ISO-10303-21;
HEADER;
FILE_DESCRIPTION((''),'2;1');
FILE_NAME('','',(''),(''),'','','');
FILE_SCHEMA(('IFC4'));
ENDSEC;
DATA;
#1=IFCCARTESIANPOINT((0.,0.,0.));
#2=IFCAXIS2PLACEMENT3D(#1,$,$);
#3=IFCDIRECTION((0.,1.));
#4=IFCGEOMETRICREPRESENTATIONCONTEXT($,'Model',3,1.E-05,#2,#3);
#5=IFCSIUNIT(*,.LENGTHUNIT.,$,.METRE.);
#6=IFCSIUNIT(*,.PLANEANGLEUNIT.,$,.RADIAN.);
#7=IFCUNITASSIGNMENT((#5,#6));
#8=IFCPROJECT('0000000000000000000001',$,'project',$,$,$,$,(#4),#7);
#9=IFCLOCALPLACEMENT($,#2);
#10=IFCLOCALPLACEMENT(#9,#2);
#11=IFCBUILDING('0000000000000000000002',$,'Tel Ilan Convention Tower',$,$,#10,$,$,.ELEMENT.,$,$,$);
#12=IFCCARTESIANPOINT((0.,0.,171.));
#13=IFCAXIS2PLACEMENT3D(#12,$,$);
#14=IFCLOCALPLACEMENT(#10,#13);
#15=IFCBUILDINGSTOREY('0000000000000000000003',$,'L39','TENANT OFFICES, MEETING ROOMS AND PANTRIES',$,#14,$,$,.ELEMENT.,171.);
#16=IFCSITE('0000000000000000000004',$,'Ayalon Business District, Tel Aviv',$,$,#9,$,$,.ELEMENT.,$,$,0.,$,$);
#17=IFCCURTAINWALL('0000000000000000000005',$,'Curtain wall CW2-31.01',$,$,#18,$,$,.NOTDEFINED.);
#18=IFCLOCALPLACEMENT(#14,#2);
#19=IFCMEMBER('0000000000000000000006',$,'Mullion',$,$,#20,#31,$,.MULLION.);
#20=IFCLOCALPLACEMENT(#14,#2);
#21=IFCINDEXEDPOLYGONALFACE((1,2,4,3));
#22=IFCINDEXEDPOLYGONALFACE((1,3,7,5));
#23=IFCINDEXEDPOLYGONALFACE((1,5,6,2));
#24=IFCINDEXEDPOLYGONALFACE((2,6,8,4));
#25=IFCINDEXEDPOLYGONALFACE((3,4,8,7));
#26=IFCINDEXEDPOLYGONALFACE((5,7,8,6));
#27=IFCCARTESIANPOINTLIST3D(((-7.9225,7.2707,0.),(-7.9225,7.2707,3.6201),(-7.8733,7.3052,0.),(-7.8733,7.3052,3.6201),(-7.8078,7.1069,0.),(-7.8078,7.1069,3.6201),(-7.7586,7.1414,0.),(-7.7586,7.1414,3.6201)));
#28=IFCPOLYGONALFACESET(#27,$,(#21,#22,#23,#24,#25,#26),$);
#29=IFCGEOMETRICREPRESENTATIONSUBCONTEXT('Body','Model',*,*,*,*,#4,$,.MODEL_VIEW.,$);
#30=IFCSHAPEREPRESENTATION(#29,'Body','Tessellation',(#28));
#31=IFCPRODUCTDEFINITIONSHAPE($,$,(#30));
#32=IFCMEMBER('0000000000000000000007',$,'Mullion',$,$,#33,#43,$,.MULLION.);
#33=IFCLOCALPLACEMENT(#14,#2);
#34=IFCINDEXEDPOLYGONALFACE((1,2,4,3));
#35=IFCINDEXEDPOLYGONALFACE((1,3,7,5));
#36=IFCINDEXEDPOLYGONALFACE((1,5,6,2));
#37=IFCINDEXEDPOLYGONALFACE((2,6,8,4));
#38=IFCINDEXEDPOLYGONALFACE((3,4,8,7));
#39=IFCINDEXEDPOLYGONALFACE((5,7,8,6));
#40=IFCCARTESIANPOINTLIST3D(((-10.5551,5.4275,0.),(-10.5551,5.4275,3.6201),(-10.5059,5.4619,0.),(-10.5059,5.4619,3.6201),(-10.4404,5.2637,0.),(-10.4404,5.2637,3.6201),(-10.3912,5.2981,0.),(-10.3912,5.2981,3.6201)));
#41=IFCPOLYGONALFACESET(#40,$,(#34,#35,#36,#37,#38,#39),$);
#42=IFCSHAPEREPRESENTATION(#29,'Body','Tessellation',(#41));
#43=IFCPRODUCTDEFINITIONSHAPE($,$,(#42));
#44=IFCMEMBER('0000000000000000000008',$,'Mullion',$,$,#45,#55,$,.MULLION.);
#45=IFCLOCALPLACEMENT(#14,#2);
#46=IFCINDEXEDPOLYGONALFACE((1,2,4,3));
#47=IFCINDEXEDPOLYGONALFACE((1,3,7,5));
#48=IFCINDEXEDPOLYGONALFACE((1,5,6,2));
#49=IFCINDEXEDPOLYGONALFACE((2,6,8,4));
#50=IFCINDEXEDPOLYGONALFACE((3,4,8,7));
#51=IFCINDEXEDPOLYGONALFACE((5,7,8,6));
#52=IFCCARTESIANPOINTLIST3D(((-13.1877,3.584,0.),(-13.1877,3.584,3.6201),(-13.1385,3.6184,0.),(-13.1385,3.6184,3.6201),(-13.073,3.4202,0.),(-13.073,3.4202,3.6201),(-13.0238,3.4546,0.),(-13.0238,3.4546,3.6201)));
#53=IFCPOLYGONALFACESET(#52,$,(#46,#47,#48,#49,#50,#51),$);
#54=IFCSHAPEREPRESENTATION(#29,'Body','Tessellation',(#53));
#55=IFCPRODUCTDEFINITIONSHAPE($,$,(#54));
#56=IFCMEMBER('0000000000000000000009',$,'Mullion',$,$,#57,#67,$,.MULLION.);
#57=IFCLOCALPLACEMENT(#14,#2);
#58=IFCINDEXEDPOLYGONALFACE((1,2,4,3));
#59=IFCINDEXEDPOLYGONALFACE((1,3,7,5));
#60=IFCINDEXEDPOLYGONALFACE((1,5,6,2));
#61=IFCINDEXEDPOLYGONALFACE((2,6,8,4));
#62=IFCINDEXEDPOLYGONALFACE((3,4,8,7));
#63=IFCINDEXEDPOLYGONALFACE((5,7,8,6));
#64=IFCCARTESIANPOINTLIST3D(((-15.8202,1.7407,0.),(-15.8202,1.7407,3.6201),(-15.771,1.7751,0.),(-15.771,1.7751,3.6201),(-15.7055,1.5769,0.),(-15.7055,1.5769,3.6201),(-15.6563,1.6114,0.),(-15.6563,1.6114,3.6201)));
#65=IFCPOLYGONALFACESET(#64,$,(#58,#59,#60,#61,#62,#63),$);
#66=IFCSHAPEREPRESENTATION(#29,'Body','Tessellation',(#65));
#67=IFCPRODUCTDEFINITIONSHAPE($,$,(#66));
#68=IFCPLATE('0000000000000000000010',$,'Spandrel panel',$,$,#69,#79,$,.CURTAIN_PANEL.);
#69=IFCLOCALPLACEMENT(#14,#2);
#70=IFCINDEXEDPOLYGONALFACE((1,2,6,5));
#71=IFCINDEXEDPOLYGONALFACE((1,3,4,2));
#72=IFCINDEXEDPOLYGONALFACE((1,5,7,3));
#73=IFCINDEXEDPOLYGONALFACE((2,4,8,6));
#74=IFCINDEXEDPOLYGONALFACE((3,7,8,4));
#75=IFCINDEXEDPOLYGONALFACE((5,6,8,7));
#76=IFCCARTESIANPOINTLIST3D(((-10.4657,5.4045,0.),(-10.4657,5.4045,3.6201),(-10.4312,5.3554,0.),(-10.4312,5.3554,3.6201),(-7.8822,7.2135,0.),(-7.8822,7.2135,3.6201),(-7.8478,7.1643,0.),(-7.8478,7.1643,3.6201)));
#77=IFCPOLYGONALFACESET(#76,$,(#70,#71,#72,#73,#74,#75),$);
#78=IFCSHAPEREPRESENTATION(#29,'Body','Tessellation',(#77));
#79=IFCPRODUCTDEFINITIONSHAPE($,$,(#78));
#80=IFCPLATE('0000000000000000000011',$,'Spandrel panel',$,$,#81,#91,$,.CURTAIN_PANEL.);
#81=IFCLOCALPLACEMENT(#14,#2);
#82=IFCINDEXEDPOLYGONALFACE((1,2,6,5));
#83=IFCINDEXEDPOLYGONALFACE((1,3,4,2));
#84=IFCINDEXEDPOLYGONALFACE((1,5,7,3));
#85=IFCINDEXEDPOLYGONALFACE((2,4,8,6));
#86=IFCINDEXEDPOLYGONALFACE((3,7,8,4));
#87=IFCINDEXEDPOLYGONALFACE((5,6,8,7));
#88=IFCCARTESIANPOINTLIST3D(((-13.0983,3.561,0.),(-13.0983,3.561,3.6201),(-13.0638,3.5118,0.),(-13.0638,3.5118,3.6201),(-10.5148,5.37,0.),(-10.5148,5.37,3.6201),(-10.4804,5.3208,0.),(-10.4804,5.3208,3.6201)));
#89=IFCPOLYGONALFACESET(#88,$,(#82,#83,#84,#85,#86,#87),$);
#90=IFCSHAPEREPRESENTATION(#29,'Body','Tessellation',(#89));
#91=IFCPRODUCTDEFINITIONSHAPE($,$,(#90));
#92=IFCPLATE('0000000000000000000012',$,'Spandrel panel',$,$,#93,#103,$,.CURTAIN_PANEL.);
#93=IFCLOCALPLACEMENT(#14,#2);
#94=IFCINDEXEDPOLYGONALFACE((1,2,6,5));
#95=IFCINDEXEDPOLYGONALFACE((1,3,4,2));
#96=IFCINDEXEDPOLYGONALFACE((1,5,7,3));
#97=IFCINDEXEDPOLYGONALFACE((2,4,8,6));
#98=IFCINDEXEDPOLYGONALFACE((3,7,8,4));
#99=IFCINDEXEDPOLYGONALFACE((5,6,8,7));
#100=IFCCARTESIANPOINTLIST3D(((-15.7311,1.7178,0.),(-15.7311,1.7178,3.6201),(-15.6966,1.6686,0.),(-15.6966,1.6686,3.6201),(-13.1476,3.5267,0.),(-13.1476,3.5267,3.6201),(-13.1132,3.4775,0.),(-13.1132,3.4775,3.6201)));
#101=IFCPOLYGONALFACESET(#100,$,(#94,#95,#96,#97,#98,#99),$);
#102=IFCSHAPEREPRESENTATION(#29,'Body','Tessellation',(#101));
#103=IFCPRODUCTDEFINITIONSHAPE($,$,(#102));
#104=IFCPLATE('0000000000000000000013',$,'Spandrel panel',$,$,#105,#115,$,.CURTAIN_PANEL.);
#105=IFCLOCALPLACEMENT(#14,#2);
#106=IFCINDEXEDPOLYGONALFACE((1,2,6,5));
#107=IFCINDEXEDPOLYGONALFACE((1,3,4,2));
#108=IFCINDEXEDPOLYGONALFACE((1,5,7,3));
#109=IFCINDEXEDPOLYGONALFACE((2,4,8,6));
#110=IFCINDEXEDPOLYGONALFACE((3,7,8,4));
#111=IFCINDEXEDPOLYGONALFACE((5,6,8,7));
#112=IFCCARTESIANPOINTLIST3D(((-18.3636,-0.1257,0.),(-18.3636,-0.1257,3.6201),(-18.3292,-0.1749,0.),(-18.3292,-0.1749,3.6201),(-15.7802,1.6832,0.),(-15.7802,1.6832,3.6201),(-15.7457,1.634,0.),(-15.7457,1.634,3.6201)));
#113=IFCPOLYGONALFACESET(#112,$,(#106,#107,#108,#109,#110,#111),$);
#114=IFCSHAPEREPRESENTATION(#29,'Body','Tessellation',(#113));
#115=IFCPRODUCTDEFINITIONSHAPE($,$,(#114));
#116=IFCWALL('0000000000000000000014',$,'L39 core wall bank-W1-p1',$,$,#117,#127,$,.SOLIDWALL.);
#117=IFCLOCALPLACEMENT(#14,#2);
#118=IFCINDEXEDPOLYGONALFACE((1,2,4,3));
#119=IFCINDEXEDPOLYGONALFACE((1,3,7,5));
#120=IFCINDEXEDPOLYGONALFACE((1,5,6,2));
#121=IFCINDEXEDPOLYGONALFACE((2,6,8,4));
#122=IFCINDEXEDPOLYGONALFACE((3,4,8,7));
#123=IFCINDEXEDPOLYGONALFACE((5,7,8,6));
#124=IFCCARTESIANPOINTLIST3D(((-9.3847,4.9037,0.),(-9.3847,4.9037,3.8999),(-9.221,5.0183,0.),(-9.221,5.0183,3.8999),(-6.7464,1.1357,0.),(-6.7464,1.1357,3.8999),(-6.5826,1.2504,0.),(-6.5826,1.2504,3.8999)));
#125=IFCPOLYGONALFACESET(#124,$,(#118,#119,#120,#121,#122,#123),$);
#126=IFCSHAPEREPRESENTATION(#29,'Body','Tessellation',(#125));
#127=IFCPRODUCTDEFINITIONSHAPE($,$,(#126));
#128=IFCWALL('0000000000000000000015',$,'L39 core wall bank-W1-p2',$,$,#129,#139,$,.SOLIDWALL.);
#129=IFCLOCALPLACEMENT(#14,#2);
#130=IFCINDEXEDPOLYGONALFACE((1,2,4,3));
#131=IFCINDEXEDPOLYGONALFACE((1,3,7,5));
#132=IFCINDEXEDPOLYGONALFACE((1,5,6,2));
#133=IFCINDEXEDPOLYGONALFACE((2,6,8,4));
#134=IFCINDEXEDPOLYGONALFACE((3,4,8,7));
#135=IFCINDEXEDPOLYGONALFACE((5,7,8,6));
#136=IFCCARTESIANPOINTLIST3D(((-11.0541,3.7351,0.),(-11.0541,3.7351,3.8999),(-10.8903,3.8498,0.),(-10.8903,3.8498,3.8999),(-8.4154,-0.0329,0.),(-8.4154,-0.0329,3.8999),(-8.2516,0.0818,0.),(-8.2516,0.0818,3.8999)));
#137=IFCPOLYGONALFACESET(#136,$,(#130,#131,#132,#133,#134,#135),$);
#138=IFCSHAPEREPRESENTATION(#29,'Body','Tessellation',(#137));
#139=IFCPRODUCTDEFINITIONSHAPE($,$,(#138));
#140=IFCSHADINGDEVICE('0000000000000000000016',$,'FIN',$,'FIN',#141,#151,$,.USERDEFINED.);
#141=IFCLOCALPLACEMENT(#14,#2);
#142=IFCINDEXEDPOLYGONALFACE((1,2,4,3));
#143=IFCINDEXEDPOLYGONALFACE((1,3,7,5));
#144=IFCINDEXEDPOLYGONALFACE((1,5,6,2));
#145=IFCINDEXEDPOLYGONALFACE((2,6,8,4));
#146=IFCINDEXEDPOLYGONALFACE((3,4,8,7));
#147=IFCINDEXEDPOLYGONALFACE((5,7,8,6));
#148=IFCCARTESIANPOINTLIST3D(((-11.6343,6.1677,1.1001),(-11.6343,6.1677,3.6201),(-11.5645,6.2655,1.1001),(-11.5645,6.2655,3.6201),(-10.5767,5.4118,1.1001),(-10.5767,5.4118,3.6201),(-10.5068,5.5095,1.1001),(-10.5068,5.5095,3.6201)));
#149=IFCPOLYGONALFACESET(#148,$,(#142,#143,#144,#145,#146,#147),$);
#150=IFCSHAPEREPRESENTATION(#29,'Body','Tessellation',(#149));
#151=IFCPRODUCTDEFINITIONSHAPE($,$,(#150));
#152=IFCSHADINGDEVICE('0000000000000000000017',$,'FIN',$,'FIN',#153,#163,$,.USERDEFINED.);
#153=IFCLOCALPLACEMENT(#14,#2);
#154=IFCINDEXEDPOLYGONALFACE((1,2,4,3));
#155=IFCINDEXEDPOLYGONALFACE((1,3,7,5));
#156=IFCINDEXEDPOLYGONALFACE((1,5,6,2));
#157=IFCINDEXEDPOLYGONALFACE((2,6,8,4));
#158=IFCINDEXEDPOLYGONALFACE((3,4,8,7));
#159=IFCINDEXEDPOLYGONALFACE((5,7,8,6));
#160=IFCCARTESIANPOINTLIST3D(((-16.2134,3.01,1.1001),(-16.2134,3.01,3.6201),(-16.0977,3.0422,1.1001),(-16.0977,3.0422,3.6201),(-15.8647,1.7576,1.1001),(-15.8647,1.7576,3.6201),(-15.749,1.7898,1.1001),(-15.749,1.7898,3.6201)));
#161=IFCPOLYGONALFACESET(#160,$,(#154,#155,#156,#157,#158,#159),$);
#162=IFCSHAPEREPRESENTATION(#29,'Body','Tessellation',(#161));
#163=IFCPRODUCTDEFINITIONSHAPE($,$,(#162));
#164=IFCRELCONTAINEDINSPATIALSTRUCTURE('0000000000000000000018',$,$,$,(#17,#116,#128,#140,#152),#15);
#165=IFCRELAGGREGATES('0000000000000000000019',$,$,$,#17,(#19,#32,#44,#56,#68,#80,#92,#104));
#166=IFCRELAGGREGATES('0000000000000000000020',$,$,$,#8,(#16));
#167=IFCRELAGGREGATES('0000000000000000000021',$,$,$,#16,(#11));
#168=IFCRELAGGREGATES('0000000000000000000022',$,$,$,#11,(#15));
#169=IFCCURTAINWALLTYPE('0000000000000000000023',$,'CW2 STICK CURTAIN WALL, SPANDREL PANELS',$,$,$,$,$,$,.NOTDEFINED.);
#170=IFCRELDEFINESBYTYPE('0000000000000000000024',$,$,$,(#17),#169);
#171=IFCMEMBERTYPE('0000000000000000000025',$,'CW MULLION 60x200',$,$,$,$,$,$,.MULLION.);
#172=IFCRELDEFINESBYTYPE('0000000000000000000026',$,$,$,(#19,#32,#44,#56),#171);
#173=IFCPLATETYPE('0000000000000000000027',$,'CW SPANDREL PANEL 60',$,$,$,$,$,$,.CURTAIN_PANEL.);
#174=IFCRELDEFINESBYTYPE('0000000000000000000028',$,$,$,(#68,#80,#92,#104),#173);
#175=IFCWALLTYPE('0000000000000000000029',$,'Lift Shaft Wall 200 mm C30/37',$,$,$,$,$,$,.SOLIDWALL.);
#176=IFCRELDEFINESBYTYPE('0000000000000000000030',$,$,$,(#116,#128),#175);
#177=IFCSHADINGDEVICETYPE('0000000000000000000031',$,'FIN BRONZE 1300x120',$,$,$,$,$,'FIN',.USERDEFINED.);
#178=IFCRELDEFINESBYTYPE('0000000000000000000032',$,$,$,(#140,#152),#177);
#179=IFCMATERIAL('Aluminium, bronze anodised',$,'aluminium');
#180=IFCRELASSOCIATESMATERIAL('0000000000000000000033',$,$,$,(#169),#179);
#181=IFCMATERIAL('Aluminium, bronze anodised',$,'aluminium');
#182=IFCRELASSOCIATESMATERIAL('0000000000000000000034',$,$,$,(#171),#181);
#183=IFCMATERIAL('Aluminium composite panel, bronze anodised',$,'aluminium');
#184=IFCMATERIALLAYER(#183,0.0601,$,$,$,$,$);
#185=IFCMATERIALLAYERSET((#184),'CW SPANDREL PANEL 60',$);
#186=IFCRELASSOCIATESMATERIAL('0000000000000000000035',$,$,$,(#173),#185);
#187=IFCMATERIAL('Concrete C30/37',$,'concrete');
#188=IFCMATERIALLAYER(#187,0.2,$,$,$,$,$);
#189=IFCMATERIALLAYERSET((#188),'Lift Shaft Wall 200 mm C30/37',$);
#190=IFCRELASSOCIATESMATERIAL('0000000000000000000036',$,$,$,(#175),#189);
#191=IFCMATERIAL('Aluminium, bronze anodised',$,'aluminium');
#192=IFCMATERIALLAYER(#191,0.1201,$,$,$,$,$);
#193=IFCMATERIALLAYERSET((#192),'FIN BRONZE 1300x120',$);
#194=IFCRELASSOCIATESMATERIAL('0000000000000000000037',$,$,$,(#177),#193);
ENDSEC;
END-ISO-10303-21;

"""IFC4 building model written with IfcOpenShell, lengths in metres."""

from ifc_helpers import new_model, si_unit, direction, frame, frame_2d, origin, origin_2d, place, context, subcontext, project, spatial, rectangle, extrude, material, layer, layer_set, material_profile, profile_set, type_object, element, aggregate, save


model = new_model("IFC4")

# Units and contexts
model_context = context("Model", 3, precision=1e-05, world=origin(), true_north=direction((0.0, 1.0)))
body_context = subcontext(model_context, "Body", "Model", "MODEL_VIEW")
ifc_project = project(units=[si_unit("LENGTHUNIT", "METRE"), si_unit("PLANEANGLEUNIT", "RADIAN")], contexts=[model_context])

# Site, building, storey
site_placement = place(None, origin())
site = spatial("IfcSite", under=ifc_project, at=site_placement, Name="Ayalon Business District, Tel Aviv", CompositionType="ELEMENT", RefElevation=0.0)
building_placement = place(site_placement, origin())
building = spatial("IfcBuilding", under=site, at=building_placement, Name="Tel Ilan Convention Tower", CompositionType="ELEMENT")
storey_placement = place(building_placement, frame((0.0, 0.0, 171.0)))
storey = spatial("IfcBuildingStorey", under=building, at=storey_placement, Name="L39", Description="TENANT OFFICES, MEETING ROOMS AND PANTRIES", CompositionType="ELEMENT", Elevation=171.0)

# Curtain wall, members, plates
ifc_material_1 = material(Name="Aluminium, bronze anodised", Category="aluminium")
curtain_wall_type = type_object("IfcCurtainWallType", Name="CW2 STICK CURTAIN WALL, SPANDREL PANELS", PredefinedType="NOTDEFINED", material=ifc_material_1)
curtain_wall_placement = place(storey_placement, origin())
curtain_wall = element("IfcCurtainWall", 1, at=curtain_wall_placement, inside=storey, type_object=curtain_wall_type, Name="Curtain wall CW2-31.01", PredefinedType="NOTDEFINED")
ifc_material_2 = material(Name="Aluminium, bronze anodised", Category="aluminium")
ifc_material_profile = material_profile(ifc_material_2, rectangle(XDim=0.0601, YDim=0.2, at=origin_2d()), Name="CW MULLION 60x200")
ifc_profile_set = profile_set([ifc_material_profile], Name="Aluminium, bronze anodised")
member_type = type_object("IfcMemberType", Name="CW MULLION 60x200", PredefinedType="MULLION", material=ifc_profile_set)
member_1_placement = place(storey_placement, frame((-7.8406, 7.2061, 0.0), z_axis=(0.0, 0.0, 1.0), x_axis=(-0.819152, -0.573576, 0.0)))
member_1 = element("IfcMember", 2, at=member_1_placement, type_object=member_type, Name="Mullion", PredefinedType="MULLION", context=body_context, shape_type="SweptSolid", body=[
    extrude(rectangle(XDim=0.0601, YDim=0.2, at=origin_2d()), origin(), (0.0, 0.0, 1.0), 3.6201),
])
member_2_placement = place(storey_placement, frame((-10.4731, 5.3628, 0.0), z_axis=(0.0, 0.0, 1.0), x_axis=(-0.819152, -0.573576, 0.0)))
member_2 = element("IfcMember", 3, at=member_2_placement, type_object=member_type, Name="Mullion", PredefinedType="MULLION", context=body_context, shape_type="SweptSolid", body=[
    extrude(rectangle(XDim=0.0601, YDim=0.2, at=origin_2d()), origin(), (0.0, 0.0, 1.0), 3.6201),
])
member_3_placement = place(storey_placement, frame((-13.1057, 3.5193, 0.0), z_axis=(0.0, 0.0, 1.0), x_axis=(-0.819152, -0.573576, 0.0)))
member_3 = element("IfcMember", 4, at=member_3_placement, type_object=member_type, Name="Mullion", PredefinedType="MULLION", context=body_context, shape_type="SweptSolid", body=[
    extrude(rectangle(XDim=0.0601, YDim=0.2, at=origin_2d()), origin(), (0.0, 0.0, 1.0), 3.6201),
])
member_4_placement = place(storey_placement, frame((-15.7383, 1.676, 0.0), z_axis=(0.0, 0.0, 1.0), x_axis=(-0.819152, -0.573576, 0.0)))
member_4 = element("IfcMember", 5, at=member_4_placement, type_object=member_type, Name="Mullion", PredefinedType="MULLION", context=body_context, shape_type="SweptSolid", body=[
    extrude(rectangle(XDim=0.0601, YDim=0.2, at=origin_2d()), origin(), (0.0, 0.0, 1.0), 3.6201),
])
ifc_material_3 = material(Name="Aluminium composite panel, bronze anodised", Category="aluminium")
ifc_layer_1 = layer(ifc_material_3, 0.0601)
ifc_layer_set_1 = layer_set([ifc_layer_1], Name="CW SPANDREL PANEL 60")
plate_type = type_object("IfcPlateType", Name="CW SPANDREL PANEL 60", PredefinedType="CURTAIN_PANEL", material=ifc_layer_set_1)
plate_1_placement = place(storey_placement, frame((-9.1567, 6.2844, 0.0), z_axis=(0.0, 0.0, 1.0), x_axis=(-0.819152, -0.573576, 0.0)))
plate_1 = element("IfcPlate", 6, at=plate_1_placement, type_object=plate_type, Name="Spandrel panel", PredefinedType="CURTAIN_PANEL", context=body_context, shape_type="SweptSolid", body=[
    extrude(rectangle(XDim=3.1538, YDim=0.0601, at=origin_2d()), origin(), (0.0, 0.0, 1.0), 3.6201),
])
plate_2_placement = place(storey_placement, frame((-11.7893, 4.4409, 0.0), z_axis=(0.0, 0.0, 1.0), x_axis=(-0.819152, -0.573576, 0.0)))
plate_2 = element("IfcPlate", 7, at=plate_2_placement, type_object=plate_type, Name="Spandrel panel", PredefinedType="CURTAIN_PANEL", context=body_context, shape_type="SweptSolid", body=[
    extrude(rectangle(XDim=3.1538, YDim=0.0601, at=origin_2d()), origin(), (0.0, 0.0, 1.0), 3.6201),
])
plate_3_placement = place(storey_placement, frame((-14.4221, 2.5977, 0.0), z_axis=(0.0, 0.0, 1.0), x_axis=(-0.819152, -0.573576, 0.0)))
plate_3 = element("IfcPlate", 8, at=plate_3_placement, type_object=plate_type, Name="Spandrel panel", PredefinedType="CURTAIN_PANEL", context=body_context, shape_type="SweptSolid", body=[
    extrude(rectangle(XDim=3.1538, YDim=0.0601, at=origin_2d()), origin(), (0.0, 0.0, 1.0), 3.6201),
])
plate_4_placement = place(storey_placement, frame((-17.0547, 0.7542, 0.0), z_axis=(0.0, 0.0, 1.0), x_axis=(-0.819152, -0.573576, 0.0)))
plate_4 = element("IfcPlate", 9, at=plate_4_placement, type_object=plate_type, Name="Spandrel panel", PredefinedType="CURTAIN_PANEL", context=body_context, shape_type="SweptSolid", body=[
    extrude(rectangle(XDim=3.1538, YDim=0.0601, at=origin_2d()), origin(), (0.0, 0.0, 1.0), 3.6201),
])
aggregate(curtain_wall, [member_1, member_2, member_3, member_4, plate_1, plate_2, plate_3, plate_4])

# Walls
ifc_material_4 = material(Name="Concrete C30/37", Category="concrete")
ifc_layer_2 = layer(ifc_material_4, 0.2)
ifc_layer_set_2 = layer_set([ifc_layer_2], Name="Lift Shaft Wall 200 mm C30/37")
wall_type = type_object("IfcWallType", Name="Lift Shaft Wall 200 mm C30/37", PredefinedType="SOLIDWALL", material=ifc_layer_set_2)
wall_1_placement = place(storey_placement, frame((-6.6646, 1.1931, 0.0), z_axis=(0.0, 0.0, 1.0), x_axis=(-0.573576, 0.819152, 0.0)))
element("IfcWall", 10, at=wall_1_placement, inside=storey, type_object=wall_type, Name="L39 core wall bank-W1-p1", PredefinedType="SOLIDWALL", context=body_context, shape_type="SweptSolid", body=[
    extrude(rectangle(XDim=4.5999, YDim=0.2, at=frame_2d((2.2998, 0.0))), origin(), (0.0, 0.0, 1.0), 3.8999),
])
wall_2_placement = place(storey_placement, frame((-8.3335, 0.0244, 0.0), z_axis=(0.0, 0.0, 1.0), x_axis=(-0.573612, 0.819127, 0.0)))
element("IfcWall", 11, at=wall_2_placement, inside=storey, type_object=wall_type, Name="L39 core wall bank-W1-p2", PredefinedType="SOLIDWALL", context=body_context, shape_type="SweptSolid", body=[
    extrude(rectangle(XDim=4.6001, YDim=0.2, at=frame_2d((2.3, 0.0))), origin(), (0.0, 0.0, 1.0), 3.8999),
])

# Shading devices
ifc_material_5 = material(Name="Aluminium, bronze anodised", Category="aluminium")
ifc_layer_3 = layer(ifc_material_5, 0.1201)
ifc_layer_set_3 = layer_set([ifc_layer_3], Name="FIN BRONZE 1300x120")
shading_device_type = type_object("IfcShadingDeviceType", Name="FIN BRONZE 1300x120", ElementType="FIN", PredefinedType="USERDEFINED", material=ifc_layer_set_3)
for number, where, z_axis, x_axis, name in (
    (12, (-11.0706, 5.8386, 1.1001), (0.0, 0.0, 1.0), (-0.813552, 0.581492, 0.0), "FIN"),
    (13, (-15.9812, 2.3999, 1.1001), (0.0, 0.0, 1.0), (-0.268173, 0.963371, 0.0), "FIN"),
):
    element("IfcShadingDevice", number, at=place(storey_placement, frame(where, z_axis=z_axis, x_axis=x_axis)), inside=storey, type_object=shading_device_type, Name=name, ObjectType="FIN", PredefinedType="USERDEFINED", context=body_context, shape_type="SweptSolid", body=[
        extrude(rectangle(XDim=1.3, YDim=0.1201, at=origin_2d()), origin(), (0.0, 0.0, 1.0), 2.52),
    ])

save(model, "model.ifc")
